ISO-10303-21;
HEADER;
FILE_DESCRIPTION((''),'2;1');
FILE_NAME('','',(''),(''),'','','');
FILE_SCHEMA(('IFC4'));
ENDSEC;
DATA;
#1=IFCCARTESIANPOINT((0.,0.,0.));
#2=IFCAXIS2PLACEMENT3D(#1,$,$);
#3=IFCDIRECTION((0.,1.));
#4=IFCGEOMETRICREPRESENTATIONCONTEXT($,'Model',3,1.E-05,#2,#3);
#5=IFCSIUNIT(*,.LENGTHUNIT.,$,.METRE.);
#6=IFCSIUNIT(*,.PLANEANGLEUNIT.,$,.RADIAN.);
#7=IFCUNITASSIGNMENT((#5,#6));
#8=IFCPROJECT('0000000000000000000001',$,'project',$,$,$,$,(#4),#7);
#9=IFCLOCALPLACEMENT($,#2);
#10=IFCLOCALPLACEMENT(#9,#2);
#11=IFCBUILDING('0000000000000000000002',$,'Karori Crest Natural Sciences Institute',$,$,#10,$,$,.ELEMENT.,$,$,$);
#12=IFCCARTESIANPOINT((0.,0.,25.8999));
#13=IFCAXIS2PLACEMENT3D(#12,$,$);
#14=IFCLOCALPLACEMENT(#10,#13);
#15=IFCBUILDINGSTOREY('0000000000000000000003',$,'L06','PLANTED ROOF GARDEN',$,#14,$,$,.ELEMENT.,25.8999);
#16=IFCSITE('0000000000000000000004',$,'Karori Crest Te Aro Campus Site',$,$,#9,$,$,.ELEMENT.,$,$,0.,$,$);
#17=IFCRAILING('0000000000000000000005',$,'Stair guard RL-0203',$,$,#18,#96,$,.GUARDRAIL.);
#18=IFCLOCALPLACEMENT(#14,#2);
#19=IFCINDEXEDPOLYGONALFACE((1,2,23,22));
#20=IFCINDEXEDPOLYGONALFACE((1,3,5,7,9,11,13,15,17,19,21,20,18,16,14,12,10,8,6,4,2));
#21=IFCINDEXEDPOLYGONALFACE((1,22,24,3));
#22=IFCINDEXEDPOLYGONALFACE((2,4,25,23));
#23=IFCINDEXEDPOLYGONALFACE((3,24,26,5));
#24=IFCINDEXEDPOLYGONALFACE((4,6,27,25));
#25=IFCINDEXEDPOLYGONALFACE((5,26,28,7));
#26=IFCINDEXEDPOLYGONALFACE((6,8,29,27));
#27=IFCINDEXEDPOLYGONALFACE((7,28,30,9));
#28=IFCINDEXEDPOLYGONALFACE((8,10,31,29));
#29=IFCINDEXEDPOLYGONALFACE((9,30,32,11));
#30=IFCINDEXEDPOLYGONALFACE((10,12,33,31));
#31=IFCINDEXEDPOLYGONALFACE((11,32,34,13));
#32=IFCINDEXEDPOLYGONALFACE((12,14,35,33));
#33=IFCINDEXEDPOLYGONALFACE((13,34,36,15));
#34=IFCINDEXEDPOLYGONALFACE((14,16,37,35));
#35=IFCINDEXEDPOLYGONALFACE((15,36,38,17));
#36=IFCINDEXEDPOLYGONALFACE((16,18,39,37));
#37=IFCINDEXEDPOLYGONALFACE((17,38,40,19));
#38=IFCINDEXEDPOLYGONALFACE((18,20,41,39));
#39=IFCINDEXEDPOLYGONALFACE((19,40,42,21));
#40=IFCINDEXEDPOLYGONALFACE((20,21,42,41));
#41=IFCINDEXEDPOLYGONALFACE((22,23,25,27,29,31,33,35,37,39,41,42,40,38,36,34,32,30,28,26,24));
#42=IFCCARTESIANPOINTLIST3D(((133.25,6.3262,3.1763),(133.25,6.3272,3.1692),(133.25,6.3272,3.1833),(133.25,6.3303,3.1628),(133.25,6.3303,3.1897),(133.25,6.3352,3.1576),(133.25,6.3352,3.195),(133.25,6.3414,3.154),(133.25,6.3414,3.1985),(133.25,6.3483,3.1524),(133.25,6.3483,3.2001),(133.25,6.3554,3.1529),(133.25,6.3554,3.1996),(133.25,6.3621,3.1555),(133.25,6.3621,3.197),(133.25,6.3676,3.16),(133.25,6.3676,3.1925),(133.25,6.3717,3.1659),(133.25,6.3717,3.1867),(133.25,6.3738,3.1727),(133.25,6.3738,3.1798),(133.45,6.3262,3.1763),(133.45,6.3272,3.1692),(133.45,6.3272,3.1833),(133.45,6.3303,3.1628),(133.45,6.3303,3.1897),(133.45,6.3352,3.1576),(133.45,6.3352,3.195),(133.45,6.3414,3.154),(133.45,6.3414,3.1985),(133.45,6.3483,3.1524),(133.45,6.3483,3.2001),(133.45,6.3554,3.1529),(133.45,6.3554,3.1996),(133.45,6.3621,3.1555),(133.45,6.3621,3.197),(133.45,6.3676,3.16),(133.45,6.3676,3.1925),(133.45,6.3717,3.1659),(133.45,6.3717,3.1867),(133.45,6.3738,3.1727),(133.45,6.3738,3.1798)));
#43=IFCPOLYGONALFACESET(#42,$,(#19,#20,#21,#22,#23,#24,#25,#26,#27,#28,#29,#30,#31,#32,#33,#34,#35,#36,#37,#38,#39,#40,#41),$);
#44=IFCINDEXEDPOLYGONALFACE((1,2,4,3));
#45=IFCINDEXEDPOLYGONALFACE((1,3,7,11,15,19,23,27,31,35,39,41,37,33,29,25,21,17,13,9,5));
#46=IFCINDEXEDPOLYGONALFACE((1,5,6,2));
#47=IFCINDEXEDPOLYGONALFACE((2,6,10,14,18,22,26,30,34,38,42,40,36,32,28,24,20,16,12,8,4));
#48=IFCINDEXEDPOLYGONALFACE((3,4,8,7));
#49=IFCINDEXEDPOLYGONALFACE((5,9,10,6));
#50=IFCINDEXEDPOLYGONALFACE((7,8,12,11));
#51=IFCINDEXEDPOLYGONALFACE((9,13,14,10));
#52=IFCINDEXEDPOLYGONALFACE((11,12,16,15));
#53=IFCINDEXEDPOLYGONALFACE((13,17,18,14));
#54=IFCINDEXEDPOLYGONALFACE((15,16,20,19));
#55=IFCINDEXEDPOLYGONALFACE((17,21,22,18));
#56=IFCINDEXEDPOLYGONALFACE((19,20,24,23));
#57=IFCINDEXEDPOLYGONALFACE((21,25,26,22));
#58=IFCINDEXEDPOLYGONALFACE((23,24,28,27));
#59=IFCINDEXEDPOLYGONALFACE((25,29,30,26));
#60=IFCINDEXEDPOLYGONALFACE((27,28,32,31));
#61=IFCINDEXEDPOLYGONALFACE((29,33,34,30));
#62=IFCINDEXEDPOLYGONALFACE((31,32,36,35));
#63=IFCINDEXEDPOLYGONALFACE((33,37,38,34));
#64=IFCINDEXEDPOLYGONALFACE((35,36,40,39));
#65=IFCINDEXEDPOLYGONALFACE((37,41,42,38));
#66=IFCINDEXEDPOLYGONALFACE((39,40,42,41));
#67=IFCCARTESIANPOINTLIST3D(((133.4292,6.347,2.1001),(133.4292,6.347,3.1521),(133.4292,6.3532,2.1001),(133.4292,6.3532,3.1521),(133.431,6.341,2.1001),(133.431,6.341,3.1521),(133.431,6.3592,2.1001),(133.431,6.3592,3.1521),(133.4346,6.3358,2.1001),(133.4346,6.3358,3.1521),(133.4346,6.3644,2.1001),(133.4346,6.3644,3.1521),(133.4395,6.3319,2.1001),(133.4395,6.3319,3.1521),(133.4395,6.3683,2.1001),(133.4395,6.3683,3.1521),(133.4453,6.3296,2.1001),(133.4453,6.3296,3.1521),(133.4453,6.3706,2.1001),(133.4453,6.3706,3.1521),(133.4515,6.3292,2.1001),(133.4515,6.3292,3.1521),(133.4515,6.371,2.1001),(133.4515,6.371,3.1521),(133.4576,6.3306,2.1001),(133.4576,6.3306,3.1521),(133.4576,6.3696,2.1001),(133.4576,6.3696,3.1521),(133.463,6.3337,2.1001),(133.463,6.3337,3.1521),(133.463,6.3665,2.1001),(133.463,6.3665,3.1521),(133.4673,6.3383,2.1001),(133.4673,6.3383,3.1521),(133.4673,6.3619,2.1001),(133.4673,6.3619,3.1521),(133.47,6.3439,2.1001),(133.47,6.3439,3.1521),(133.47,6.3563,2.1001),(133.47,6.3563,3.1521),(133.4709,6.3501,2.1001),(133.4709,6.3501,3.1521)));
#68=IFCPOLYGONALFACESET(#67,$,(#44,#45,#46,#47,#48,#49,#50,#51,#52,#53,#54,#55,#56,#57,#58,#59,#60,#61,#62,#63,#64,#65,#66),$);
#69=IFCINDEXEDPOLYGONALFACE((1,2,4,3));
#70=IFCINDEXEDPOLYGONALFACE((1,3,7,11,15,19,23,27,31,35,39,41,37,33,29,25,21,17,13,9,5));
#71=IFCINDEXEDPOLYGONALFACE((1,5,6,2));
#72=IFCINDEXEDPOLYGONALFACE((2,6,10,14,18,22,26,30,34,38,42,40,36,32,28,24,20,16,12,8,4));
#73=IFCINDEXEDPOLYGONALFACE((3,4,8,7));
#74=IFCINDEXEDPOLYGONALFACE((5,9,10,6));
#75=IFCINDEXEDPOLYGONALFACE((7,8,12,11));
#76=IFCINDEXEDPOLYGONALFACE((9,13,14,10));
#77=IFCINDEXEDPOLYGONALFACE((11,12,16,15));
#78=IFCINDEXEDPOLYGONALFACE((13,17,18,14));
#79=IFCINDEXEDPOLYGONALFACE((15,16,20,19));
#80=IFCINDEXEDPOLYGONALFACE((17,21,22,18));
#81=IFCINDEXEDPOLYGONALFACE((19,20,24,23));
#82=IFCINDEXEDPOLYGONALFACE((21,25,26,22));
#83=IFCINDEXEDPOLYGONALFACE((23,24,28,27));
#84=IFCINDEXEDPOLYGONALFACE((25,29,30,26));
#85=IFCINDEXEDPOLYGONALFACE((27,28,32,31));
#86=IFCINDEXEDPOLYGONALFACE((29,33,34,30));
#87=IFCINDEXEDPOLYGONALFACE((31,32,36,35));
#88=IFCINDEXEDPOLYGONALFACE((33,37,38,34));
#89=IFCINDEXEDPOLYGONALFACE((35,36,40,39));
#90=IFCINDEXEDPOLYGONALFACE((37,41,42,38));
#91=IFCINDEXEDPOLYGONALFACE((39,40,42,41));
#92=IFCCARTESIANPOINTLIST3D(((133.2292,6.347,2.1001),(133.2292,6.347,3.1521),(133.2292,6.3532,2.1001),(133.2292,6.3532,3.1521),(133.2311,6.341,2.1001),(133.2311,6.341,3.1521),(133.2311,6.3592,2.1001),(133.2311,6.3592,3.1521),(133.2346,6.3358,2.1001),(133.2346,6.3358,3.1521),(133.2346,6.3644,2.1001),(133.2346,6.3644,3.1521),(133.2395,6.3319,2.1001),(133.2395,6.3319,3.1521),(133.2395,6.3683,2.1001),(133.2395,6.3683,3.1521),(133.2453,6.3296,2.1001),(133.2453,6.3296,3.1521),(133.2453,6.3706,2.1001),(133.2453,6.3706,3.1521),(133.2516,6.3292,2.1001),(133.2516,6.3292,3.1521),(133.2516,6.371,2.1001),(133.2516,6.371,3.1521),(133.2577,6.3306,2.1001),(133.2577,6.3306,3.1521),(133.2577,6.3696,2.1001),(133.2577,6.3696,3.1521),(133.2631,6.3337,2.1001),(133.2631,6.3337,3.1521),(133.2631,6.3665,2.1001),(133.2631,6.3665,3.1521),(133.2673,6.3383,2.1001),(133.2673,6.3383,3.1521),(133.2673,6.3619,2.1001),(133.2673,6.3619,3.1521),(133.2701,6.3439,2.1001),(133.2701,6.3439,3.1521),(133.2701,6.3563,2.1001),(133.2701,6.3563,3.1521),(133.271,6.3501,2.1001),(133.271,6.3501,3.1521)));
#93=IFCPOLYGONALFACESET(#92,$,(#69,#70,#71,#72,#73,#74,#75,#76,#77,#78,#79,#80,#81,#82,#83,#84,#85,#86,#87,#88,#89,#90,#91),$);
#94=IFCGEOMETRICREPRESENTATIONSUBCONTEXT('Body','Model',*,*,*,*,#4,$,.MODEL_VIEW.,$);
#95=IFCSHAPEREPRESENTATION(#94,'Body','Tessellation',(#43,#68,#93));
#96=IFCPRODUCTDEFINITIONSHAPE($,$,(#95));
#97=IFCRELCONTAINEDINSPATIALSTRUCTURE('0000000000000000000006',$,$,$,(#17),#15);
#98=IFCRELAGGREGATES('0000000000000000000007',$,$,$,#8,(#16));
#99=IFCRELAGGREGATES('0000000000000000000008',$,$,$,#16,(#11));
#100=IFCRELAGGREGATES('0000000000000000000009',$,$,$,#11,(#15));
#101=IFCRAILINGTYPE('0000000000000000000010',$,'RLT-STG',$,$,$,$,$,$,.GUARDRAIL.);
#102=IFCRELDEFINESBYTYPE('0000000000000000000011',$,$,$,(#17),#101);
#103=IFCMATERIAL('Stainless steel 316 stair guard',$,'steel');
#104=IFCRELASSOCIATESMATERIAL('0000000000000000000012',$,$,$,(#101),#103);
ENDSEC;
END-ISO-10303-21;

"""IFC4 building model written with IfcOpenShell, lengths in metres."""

from ifc_helpers import new_model, si_unit, direction, frame, origin, origin_2d, place, context, subcontext, project, spatial, circle, extrude, material, type_object, element, save


model = new_model("IFC4")

# Units and contexts
model_context = context("Model", 3, precision=1e-05, world=origin(), true_north=direction((0.0, 1.0)))
body_context = subcontext(model_context, "Body", "Model", "MODEL_VIEW")
ifc_project = project(units=[si_unit("LENGTHUNIT", "METRE"), si_unit("PLANEANGLEUNIT", "RADIAN")], contexts=[model_context])

# Site, building, storey
site_placement = place(None, origin())
site = spatial("IfcSite", under=ifc_project, at=site_placement, Name="Karori Crest Te Aro Campus Site", CompositionType="ELEMENT", RefElevation=0.0)
building_placement = place(site_placement, origin())
building = spatial("IfcBuilding", under=site, at=building_placement, Name="Karori Crest Natural Sciences Institute", CompositionType="ELEMENT")
storey_placement = place(building_placement, frame((0.0, 0.0, 25.8999)))
storey = spatial("IfcBuildingStorey", under=building, at=storey_placement, Name="L06", Description="PLANTED ROOF GARDEN", CompositionType="ELEMENT", Elevation=25.8999)

# Railing
ifc_material_1 = material(Name="Stainless steel 316 stair guard", Category="steel")
railing_type_1 = type_object("IfcRailingType", Name="RLT-STG", PredefinedType="GUARDRAIL", material=ifc_material_1)
railing_1_placement = place(storey_placement, frame((133.45, 6.3501, 2.1001)))
element("IfcRailing", 1, at=railing_1_placement, inside=storey, type_object=railing_type_1, Name="Stair guard RL-0203", PredefinedType="GUARDRAIL", context=body_context, shape_type="SweptSolid", body=[
    extrude(circle(Radius=0.0239, at=origin_2d()), frame((0.0, 0.0, 1.0762), z_axis=(-1.0, 0.0, 0.0), x_axis=(0.0, -1.0, 0.0)), (0.0, 0.0, 1.0), 0.2),
    extrude(circle(Radius=0.021, at=origin_2d()), origin(), (0.0, 0.0, 1.0), 1.052),
    extrude(circle(Radius=0.021, at=origin_2d()), frame((-0.2, 0.0, 0.0)), (0.0, 0.0, 1.0), 1.052),
])

save(model, "model.ifc")
